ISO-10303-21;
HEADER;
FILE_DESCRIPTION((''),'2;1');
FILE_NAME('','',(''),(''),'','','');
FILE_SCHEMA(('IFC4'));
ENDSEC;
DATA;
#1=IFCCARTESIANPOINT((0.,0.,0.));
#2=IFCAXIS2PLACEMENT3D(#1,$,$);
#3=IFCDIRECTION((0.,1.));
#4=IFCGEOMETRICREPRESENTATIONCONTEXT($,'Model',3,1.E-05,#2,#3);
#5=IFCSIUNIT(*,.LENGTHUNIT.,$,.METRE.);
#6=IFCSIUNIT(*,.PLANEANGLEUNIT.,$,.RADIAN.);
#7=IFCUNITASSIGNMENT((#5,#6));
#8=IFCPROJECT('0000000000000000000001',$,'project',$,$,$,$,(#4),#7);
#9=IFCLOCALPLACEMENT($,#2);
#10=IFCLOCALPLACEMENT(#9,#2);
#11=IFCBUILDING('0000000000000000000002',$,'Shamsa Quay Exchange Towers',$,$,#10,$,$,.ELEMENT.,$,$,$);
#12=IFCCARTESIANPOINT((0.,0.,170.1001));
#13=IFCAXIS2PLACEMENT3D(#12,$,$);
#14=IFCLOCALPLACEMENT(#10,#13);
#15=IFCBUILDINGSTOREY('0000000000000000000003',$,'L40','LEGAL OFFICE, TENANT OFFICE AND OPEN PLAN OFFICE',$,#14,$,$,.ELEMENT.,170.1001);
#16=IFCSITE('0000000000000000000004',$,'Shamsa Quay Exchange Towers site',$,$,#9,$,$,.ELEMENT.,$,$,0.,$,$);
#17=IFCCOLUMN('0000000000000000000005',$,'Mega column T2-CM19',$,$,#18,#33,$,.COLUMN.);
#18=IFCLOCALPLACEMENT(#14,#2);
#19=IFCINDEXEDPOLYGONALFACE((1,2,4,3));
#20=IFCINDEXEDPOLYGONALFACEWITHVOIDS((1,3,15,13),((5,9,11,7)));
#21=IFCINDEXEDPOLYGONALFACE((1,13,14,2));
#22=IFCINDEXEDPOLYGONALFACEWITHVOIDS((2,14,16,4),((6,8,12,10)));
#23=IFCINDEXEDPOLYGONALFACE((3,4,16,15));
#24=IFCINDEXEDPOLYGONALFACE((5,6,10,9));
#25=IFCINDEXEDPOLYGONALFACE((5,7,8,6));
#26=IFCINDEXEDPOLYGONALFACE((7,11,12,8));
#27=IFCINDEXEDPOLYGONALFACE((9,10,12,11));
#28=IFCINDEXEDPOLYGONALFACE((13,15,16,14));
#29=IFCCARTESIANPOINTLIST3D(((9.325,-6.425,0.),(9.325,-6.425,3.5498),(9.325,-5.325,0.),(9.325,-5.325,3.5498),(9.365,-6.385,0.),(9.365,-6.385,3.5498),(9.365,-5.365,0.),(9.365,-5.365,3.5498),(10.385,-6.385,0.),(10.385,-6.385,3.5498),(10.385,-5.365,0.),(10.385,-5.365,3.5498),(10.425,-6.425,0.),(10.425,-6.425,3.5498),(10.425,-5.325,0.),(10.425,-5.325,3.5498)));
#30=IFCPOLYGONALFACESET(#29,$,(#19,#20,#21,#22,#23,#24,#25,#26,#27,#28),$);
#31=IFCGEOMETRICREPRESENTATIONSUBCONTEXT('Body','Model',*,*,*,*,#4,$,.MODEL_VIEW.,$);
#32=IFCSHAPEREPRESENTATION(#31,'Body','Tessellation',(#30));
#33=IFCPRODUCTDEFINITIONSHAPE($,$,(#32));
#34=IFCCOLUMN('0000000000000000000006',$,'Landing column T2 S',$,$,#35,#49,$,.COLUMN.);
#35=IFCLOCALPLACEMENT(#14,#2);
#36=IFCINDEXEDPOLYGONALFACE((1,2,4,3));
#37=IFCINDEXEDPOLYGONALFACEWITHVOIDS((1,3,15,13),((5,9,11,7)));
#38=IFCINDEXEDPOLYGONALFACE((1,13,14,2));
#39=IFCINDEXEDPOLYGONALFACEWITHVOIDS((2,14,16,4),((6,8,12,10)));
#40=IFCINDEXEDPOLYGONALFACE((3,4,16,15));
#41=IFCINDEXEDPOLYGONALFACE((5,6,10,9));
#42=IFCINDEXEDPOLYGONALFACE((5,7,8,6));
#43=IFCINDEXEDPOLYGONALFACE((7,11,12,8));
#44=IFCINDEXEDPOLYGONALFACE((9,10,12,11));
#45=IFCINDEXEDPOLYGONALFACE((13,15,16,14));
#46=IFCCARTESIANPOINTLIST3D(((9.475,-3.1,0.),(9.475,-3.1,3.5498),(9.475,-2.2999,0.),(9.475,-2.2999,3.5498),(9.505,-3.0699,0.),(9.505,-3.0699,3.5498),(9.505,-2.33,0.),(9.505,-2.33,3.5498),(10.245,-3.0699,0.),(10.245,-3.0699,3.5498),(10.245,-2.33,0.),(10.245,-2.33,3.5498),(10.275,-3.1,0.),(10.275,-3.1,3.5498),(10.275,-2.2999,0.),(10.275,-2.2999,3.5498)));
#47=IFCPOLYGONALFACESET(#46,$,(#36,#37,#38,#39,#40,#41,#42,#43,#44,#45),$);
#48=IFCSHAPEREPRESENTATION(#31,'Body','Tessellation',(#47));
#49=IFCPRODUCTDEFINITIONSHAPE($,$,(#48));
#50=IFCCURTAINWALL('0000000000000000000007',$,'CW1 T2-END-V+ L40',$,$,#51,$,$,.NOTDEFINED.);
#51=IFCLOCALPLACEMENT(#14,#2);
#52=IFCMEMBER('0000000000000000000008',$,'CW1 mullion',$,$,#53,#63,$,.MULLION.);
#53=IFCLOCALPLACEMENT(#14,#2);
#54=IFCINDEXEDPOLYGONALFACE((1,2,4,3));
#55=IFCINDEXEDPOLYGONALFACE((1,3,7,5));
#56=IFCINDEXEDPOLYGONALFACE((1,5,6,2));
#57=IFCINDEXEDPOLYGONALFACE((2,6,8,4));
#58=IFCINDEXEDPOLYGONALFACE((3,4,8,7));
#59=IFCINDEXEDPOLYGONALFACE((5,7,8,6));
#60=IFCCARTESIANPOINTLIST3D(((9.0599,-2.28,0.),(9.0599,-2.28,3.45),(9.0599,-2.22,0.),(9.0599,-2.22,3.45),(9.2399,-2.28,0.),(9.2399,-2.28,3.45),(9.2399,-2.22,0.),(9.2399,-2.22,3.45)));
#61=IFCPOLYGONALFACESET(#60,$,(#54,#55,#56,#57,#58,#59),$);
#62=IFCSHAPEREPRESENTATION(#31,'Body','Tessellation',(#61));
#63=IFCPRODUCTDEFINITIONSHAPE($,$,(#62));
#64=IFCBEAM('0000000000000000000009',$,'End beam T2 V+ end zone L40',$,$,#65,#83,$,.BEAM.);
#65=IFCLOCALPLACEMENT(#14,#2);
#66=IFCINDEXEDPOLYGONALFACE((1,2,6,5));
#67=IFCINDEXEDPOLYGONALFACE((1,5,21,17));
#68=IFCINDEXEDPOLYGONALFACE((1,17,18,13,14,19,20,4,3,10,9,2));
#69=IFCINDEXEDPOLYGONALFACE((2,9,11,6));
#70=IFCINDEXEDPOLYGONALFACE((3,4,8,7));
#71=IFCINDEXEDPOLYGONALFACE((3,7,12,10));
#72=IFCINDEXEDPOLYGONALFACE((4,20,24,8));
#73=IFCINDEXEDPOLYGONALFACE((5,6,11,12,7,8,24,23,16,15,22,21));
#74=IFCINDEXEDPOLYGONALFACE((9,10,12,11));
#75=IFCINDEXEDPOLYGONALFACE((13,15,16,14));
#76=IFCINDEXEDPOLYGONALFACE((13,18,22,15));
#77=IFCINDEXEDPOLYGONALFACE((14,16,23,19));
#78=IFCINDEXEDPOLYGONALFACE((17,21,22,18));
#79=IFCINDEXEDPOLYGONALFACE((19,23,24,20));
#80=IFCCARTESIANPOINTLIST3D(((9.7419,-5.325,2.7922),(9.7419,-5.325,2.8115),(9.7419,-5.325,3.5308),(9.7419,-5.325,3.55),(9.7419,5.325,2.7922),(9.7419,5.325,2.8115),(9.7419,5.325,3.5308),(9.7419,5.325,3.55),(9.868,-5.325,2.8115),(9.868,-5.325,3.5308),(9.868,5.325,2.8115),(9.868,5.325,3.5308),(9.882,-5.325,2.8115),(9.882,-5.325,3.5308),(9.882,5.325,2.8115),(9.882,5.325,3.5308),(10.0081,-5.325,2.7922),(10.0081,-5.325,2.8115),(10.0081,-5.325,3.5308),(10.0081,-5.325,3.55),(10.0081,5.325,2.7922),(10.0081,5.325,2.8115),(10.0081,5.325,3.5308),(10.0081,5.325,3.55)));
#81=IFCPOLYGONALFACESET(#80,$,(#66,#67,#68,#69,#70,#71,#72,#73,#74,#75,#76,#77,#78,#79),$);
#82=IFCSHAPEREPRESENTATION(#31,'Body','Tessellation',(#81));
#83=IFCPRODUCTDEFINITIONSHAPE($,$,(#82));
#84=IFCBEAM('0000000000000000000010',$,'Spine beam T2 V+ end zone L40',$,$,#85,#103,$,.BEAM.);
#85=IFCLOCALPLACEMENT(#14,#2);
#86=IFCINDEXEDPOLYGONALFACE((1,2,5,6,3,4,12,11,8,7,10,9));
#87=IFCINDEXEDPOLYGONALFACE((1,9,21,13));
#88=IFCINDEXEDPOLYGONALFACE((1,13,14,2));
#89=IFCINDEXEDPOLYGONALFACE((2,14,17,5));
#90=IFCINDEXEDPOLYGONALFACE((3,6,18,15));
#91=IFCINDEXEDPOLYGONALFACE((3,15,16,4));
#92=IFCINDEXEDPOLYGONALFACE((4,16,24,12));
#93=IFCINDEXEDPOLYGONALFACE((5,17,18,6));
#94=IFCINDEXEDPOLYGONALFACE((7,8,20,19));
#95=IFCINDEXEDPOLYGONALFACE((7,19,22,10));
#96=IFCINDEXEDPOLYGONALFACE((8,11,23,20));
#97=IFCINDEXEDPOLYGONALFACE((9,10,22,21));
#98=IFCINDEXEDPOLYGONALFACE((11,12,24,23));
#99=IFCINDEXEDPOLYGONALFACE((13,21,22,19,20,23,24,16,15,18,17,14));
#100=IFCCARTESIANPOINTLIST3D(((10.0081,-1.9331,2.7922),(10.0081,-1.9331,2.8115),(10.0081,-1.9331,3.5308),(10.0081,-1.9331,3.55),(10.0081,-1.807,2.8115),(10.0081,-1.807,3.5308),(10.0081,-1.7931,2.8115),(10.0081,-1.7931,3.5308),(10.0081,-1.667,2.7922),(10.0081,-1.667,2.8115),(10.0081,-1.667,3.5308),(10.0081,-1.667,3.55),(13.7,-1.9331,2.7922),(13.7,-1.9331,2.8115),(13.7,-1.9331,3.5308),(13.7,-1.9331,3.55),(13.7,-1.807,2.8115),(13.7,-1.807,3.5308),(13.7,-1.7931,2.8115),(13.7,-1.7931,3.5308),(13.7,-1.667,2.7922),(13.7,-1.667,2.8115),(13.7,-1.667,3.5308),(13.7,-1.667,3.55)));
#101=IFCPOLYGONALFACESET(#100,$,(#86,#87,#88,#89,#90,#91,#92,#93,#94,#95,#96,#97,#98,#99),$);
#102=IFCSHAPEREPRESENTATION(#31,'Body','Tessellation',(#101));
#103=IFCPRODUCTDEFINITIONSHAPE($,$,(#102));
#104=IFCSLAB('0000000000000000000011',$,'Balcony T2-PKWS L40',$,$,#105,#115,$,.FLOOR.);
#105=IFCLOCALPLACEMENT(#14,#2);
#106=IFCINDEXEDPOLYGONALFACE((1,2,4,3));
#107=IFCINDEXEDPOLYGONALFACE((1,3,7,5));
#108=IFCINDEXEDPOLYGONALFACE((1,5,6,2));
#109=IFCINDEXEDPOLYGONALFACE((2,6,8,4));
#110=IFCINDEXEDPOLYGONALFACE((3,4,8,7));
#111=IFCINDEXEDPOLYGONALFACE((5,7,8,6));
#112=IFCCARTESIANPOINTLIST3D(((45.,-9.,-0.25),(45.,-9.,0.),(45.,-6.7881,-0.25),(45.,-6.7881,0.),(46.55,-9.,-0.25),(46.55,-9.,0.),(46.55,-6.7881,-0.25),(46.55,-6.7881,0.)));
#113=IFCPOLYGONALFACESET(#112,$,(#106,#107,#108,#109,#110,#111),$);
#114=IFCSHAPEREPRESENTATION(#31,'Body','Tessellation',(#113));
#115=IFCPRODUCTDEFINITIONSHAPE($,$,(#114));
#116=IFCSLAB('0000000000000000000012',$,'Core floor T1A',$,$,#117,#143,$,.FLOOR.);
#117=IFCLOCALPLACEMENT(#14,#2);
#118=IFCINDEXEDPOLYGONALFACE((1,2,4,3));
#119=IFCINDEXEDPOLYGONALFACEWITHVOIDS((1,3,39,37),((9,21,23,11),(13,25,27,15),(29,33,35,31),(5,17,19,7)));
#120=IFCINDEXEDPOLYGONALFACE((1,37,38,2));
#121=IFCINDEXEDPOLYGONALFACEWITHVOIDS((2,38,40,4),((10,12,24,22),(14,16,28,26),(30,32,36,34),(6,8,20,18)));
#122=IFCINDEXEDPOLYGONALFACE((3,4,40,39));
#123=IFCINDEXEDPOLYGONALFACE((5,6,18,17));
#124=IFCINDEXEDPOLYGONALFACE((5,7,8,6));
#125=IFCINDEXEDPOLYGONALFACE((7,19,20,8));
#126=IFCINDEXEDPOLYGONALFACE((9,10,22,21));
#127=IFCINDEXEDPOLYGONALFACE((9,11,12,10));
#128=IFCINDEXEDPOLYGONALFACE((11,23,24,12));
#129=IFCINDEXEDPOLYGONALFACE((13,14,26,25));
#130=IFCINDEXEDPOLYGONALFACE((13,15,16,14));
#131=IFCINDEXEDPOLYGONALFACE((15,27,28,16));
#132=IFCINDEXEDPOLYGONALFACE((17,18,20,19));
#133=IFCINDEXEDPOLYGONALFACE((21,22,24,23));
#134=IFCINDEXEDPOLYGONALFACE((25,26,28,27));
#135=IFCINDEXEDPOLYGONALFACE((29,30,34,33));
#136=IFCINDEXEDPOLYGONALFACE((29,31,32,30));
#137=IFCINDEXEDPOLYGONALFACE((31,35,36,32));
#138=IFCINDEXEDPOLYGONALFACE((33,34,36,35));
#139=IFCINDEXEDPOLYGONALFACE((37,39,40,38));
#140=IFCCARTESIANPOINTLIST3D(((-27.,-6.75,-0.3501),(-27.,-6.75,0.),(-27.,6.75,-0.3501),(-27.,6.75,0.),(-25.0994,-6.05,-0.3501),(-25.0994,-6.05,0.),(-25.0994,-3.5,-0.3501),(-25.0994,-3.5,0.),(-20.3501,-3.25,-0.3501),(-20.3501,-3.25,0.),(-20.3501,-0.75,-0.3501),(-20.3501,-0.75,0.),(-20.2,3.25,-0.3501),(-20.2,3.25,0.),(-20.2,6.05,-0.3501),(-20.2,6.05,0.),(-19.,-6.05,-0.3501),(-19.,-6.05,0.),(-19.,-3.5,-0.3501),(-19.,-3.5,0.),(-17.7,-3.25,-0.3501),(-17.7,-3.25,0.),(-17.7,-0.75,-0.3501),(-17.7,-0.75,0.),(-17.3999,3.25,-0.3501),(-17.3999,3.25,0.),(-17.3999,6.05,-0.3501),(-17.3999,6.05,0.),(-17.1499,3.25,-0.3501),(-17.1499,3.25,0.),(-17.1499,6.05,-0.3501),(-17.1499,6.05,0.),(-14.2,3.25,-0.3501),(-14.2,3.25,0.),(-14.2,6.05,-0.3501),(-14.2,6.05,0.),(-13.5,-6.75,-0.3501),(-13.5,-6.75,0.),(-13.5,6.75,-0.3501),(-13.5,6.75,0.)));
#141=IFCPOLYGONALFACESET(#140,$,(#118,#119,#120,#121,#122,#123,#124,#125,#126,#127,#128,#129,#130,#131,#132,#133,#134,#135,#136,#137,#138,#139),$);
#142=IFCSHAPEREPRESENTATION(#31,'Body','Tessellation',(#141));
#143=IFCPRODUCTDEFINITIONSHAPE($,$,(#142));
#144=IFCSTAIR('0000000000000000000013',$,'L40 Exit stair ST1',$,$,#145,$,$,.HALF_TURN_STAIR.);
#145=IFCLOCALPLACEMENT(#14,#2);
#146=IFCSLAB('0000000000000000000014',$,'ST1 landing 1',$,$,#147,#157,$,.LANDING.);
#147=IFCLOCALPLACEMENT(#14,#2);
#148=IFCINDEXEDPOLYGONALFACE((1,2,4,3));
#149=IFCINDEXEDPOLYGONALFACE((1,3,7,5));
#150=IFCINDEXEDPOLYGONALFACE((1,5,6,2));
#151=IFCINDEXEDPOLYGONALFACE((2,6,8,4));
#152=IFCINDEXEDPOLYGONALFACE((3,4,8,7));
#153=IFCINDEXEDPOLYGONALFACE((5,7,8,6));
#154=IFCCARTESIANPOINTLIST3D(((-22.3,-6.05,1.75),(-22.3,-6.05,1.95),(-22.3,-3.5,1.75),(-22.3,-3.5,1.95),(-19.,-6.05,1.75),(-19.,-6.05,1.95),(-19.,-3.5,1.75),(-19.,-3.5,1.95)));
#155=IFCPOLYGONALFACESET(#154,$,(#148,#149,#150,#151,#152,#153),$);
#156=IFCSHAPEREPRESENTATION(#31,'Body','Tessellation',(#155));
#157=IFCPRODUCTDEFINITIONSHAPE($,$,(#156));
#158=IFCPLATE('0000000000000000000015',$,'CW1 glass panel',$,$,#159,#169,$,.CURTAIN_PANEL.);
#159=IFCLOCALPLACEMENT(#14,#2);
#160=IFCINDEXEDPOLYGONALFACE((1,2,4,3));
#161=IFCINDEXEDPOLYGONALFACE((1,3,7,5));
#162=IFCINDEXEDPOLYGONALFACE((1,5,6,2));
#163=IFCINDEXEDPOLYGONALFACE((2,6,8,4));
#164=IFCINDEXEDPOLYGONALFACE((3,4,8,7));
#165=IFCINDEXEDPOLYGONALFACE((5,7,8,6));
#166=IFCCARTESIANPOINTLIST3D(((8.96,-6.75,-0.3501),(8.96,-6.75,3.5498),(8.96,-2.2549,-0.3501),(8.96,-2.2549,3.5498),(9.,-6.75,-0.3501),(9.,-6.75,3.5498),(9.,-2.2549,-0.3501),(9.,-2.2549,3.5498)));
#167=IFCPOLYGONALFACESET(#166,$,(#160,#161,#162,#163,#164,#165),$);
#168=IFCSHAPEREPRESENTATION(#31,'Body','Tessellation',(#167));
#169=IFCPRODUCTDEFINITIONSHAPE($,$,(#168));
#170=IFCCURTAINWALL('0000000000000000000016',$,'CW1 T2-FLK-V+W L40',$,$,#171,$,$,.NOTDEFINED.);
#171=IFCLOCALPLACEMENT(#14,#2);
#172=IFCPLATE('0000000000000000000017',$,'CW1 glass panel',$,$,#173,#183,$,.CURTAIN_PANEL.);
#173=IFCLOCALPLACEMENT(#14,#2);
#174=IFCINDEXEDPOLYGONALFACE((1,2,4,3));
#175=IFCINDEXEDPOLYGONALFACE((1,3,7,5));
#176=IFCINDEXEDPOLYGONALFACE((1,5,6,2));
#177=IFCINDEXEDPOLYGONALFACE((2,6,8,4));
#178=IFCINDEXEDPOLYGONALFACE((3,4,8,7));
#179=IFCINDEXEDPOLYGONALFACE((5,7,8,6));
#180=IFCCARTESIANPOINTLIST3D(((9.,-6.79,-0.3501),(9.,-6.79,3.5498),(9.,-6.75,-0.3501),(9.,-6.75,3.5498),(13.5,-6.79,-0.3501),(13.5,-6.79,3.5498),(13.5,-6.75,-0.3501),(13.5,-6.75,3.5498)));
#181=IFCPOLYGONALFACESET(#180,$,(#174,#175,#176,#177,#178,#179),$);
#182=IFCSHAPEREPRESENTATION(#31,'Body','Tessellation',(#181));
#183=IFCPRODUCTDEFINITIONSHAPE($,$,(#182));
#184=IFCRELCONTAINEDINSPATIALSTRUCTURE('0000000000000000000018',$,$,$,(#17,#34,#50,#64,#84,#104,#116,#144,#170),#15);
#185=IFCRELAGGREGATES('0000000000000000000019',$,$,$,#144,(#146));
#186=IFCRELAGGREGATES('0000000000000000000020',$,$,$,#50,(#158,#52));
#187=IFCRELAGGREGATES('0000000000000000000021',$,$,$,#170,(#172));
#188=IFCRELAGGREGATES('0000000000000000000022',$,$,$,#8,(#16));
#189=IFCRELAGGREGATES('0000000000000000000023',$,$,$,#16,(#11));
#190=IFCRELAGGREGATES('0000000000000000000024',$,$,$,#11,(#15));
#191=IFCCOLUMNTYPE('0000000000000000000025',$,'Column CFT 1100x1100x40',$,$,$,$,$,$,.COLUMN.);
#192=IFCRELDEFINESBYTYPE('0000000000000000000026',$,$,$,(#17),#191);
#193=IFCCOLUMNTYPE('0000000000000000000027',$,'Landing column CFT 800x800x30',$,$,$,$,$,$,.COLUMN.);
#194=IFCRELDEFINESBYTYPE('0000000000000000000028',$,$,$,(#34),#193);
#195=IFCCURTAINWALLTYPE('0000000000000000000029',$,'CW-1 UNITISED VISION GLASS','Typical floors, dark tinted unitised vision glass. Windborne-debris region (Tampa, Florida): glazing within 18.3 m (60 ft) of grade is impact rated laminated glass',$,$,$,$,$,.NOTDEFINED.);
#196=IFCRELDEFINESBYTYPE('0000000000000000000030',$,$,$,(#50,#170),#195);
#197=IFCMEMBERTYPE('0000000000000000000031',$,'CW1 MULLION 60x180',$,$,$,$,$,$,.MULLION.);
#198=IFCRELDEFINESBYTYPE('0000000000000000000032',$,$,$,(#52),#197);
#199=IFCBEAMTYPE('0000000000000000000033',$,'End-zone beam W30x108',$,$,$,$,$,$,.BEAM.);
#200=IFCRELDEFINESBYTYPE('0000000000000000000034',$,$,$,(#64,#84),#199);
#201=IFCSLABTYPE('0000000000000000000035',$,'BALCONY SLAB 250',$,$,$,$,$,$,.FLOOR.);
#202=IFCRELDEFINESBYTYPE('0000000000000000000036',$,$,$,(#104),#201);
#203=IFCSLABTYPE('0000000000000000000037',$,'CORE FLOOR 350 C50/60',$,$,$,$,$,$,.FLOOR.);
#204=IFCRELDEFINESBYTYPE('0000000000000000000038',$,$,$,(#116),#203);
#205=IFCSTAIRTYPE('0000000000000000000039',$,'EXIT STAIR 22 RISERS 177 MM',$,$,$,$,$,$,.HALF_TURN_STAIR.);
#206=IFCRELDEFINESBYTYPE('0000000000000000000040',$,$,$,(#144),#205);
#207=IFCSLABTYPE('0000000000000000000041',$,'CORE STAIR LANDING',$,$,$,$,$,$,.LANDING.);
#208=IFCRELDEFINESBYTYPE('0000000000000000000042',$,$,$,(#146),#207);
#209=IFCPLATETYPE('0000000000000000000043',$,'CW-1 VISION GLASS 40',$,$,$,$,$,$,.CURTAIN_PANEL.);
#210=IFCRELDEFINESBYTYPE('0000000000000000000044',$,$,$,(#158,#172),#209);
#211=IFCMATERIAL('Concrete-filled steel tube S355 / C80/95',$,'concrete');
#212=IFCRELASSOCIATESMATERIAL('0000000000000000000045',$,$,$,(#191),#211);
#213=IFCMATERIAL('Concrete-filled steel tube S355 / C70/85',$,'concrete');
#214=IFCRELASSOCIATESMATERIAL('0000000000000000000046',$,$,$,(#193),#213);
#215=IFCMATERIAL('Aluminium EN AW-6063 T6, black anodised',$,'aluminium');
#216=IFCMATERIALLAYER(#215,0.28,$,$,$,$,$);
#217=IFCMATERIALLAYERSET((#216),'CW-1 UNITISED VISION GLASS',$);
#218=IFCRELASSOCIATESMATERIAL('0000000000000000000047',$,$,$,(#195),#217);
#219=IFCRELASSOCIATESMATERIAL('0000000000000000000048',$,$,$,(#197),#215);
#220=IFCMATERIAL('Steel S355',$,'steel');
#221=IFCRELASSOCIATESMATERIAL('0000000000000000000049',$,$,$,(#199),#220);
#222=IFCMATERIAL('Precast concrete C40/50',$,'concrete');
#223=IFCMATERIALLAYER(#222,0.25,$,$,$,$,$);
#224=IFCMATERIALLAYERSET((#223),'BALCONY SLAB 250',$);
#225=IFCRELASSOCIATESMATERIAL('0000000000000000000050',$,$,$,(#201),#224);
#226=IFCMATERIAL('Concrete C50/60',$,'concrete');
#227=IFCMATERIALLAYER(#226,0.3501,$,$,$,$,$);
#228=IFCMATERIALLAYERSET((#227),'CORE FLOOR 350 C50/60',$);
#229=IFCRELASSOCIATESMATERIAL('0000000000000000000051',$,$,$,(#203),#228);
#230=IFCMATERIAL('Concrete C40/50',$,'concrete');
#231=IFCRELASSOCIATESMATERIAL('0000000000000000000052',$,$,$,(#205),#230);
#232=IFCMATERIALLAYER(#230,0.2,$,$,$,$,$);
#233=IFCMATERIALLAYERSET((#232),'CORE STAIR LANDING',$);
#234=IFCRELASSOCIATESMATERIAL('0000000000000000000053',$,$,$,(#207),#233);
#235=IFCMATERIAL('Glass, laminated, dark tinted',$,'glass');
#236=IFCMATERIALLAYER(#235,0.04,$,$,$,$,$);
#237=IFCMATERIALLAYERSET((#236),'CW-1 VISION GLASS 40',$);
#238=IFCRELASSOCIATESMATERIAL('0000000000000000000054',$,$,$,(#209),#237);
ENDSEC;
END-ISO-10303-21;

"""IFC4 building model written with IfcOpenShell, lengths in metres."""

from ifc_helpers import new_model, si_unit, direction, frame, origin, origin_2d, place, context, subcontext, project, spatial, polyline, rectangle, hollow_rectangle, i_section, outline, extrude, material, layer, layer_set, material_profile, profile_set, type_object, element, aggregate, save


model = new_model("IFC4")

# Units and contexts
model_context = context("Model", 3, precision=1e-05, world=origin(), true_north=direction((0.0, 1.0)))
body_context = subcontext(model_context, "Body", "Model", "MODEL_VIEW")
ifc_project = project(units=[si_unit("LENGTHUNIT", "METRE"), si_unit("PLANEANGLEUNIT", "RADIAN")], contexts=[model_context])

# Site, building, storey
site_placement = place(None, origin())
site = spatial("IfcSite", under=ifc_project, at=site_placement, Name="Shamsa Quay Exchange Towers site", CompositionType="ELEMENT", RefElevation=0.0)
building_placement = place(site_placement, origin())
building = spatial("IfcBuilding", under=site, at=building_placement, Name="Shamsa Quay Exchange Towers", CompositionType="ELEMENT")
storey_placement = place(building_placement, frame((0.0, 0.0, 170.1001)))
storey = spatial("IfcBuildingStorey", under=building, at=storey_placement, Name="L40", Description="LEGAL OFFICE, TENANT OFFICE AND OPEN PLAN OFFICE", CompositionType="ELEMENT", Elevation=170.1001)

# Columns
ifc_material_1 = material(Name="Concrete-filled steel tube S355 / C80/95", Category="concrete")
ifc_material_profile_1 = material_profile(ifc_material_1, hollow_rectangle(XDim=1.1001, YDim=1.1001, WallThickness=0.04, at=origin_2d()), Name="CFT 1100x1100x40")
ifc_profile_set_1 = profile_set([ifc_material_profile_1], Name="Concrete-filled steel tube S355 / C80/95")
column_type_1 = type_object("IfcColumnType", Name="Column CFT 1100x1100x40", PredefinedType="COLUMN", material=ifc_profile_set_1)
column_1_placement = place(storey_placement, frame((9.875, -5.875, 0.0)))
element("IfcColumn", 1, at=column_1_placement, inside=storey, type_object=column_type_1, Name="Mega column T2-CM19", PredefinedType="COLUMN", context=body_context, shape_type="SweptSolid", body=[
    extrude(hollow_rectangle(XDim=1.1001, YDim=1.1001, WallThickness=0.04, at=origin_2d()), origin(), (0.0, 0.0, 1.0), 3.5498),
])
ifc_material_2 = material(Name="Concrete-filled steel tube S355 / C70/85", Category="concrete")
ifc_material_profile_2 = material_profile(ifc_material_2, hollow_rectangle(XDim=0.8, YDim=0.8, WallThickness=0.03, at=origin_2d()), Name="CFT 800x800x30")
ifc_profile_set_2 = profile_set([ifc_material_profile_2], Name="Concrete-filled steel tube S355 / C70/85")
column_type_2 = type_object("IfcColumnType", Name="Landing column CFT 800x800x30", PredefinedType="COLUMN", material=ifc_profile_set_2)
column_2_placement = place(storey_placement, frame((9.875, -2.7, 0.0)))
element("IfcColumn", 2, at=column_2_placement, inside=storey, type_object=column_type_2, Name="Landing column T2 S", PredefinedType="COLUMN", context=body_context, shape_type="SweptSolid", body=[
    extrude(hollow_rectangle(XDim=0.8, YDim=0.8, WallThickness=0.03, at=origin_2d()), origin(), (0.0, 0.0, 1.0), 3.5498),
])

# Curtain wall, member
ifc_material_3 = material(Name="Aluminium EN AW-6063 T6, black anodised", Category="aluminium")
ifc_layer_1 = layer(ifc_material_3, 0.28)
ifc_layer_set_1 = layer_set([ifc_layer_1], Name="CW-1 UNITISED VISION GLASS")
curtain_wall_type_1 = type_object("IfcCurtainWallType", Name="CW-1 UNITISED VISION GLASS", Description="Typical floors, dark tinted unitised vision glass. Windborne-debris region (Tampa, Florida): glazing within 18.3 m (60 ft) of grade is impact rated laminated glass", PredefinedType="NOTDEFINED", material=ifc_layer_set_1)
curtain_wall_1_placement = place(storey_placement, origin())
curtain_wall_1 = element("IfcCurtainWall", 3, at=curtain_wall_1_placement, inside=storey, type_object=curtain_wall_type_1, Name="CW1 T2-END-V+ L40", PredefinedType="NOTDEFINED")
ifc_material_profile_3 = material_profile(ifc_material_3, rectangle(XDim=0.1799, YDim=0.0601, at=origin_2d()), Name="MU60x180")
ifc_profile_set_3 = profile_set([ifc_material_profile_3], Name="Aluminium EN AW-6063 T6, black anodised")
member_type = type_object("IfcMemberType", Name="CW1 MULLION 60x180", PredefinedType="MULLION", material=ifc_profile_set_3)
member_placement = place(storey_placement, frame((9.1499, -2.25, 0.0)))
member = element("IfcMember", 4, at=member_placement, type_object=member_type, Name="CW1 mullion", PredefinedType="MULLION", context=body_context, shape_type="SweptSolid", body=[
    extrude(rectangle(XDim=0.1799, YDim=0.0601, at=origin_2d()), origin(), (0.0, 0.0, 1.0), 3.45),
])

# Beams
ifc_material_4 = material(Name="Steel S355", Category="steel")
ifc_material_profile_4 = material_profile(ifc_material_4, i_section(OverallWidth=0.2661, OverallDepth=0.7578, WebThickness=0.0139, FlangeThickness=0.0193, at=origin_2d()), Name="W30x108")
ifc_profile_set_4 = profile_set([ifc_material_profile_4], Name="Steel S355")
beam_type = type_object("IfcBeamType", Name="End-zone beam W30x108", PredefinedType="BEAM", material=ifc_profile_set_4)
beam_1_placement = place(storey_placement, frame((9.875, -5.325, 3.1711), z_axis=(0.0, 1.0, 0.0), x_axis=(-1.0, 0.0, 0.0)))
element("IfcBeam", 5, at=beam_1_placement, inside=storey, type_object=beam_type, Name="End beam T2 V+ end zone L40", PredefinedType="BEAM", context=body_context, shape_type="SweptSolid", body=[
    extrude(i_section(OverallWidth=0.2661, OverallDepth=0.7578, WebThickness=0.0139, FlangeThickness=0.0193, at=origin_2d()), origin(), (0.0, 0.0, 1.0), 10.6499),
])
beam_2_placement = place(storey_placement, frame((13.7, -1.8, 3.1711), z_axis=(-1.0, 0.0, 0.0), x_axis=(0.0, -1.0, 0.0)))
element("IfcBeam", 6, at=beam_2_placement, inside=storey, type_object=beam_type, Name="Spine beam T2 V+ end zone L40", PredefinedType="BEAM", context=body_context, shape_type="SweptSolid", body=[
    extrude(i_section(OverallWidth=0.2661, OverallDepth=0.7578, WebThickness=0.0139, FlangeThickness=0.0193, at=origin_2d()), origin(), (0.0, 0.0, 1.0), 3.6919),
])

# Slabs
ifc_material_5 = material(Name="Precast concrete C40/50", Category="concrete")
ifc_layer_2 = layer(ifc_material_5, 0.25)
ifc_layer_set_2 = layer_set([ifc_layer_2], Name="BALCONY SLAB 250")
slab_type_1 = type_object("IfcSlabType", Name="BALCONY SLAB 250", PredefinedType="FLOOR", material=ifc_layer_set_2)
slab_1_placement = place(storey_placement, frame((0.0, 0.0, -0.25)))
element("IfcSlab", 7, at=slab_1_placement, inside=storey, type_object=slab_type_1, Name="Balcony T2-PKWS L40", PredefinedType="FLOOR", context=body_context, shape_type="SweptSolid", body=[
    extrude(outline(polyline([(45.0, -9.0), (45.0, -6.7881), (46.55, -6.7881), (46.55, -9.0), (45.0, -9.0)])), origin(), (0.0, 0.0, 1.0), 0.25),
])
ifc_material_6 = material(Name="Concrete C50/60", Category="concrete")
ifc_layer_3 = layer(ifc_material_6, 0.3501)
ifc_layer_set_3 = layer_set([ifc_layer_3], Name="CORE FLOOR 350 C50/60")
slab_type_2 = type_object("IfcSlabType", Name="CORE FLOOR 350 C50/60", PredefinedType="FLOOR", material=ifc_layer_set_3)
slab_2_placement = place(storey_placement, frame((0.0, 0.0, -0.3501)))
element("IfcSlab", 8, at=slab_2_placement, inside=storey, type_object=slab_type_2, Name="Core floor T1A", PredefinedType="FLOOR", context=body_context, shape_type="SweptSolid", body=[
    extrude(outline(polyline([(-27.0, -6.75), (-13.5, -6.75), (-13.5, 6.75), (-27.0, 6.75), (-27.0, -6.75)]), holes=[polyline([(-25.0994, -6.05), (-25.0994, -3.5), (-19.0, -3.5), (-19.0, -6.05), (-25.0994, -6.05)]), polyline([(-20.2, 3.25), (-20.2, 6.05), (-17.3999, 6.05), (-17.3999, 3.25), (-20.2, 3.25)]), polyline([(-17.1499, 3.25), (-17.1499, 6.05), (-14.2, 6.05), (-14.2, 3.25), (-17.1499, 3.25)]), polyline([(-20.3501, -3.25), (-20.3501, -0.75), (-17.7, -0.75), (-17.7, -3.25), (-20.3501, -3.25)])]), origin(), (0.0, 0.0, 1.0), 0.3501),
])

# Stair, slab
ifc_material_7 = material(Name="Concrete C40/50", Category="concrete")
stair_type = type_object("IfcStairType", Name="EXIT STAIR 22 RISERS 177 MM", PredefinedType="HALF_TURN_STAIR", material=ifc_material_7)
stair_1_placement = place(storey_placement, origin())
stair_1 = element("IfcStair", 9, at=stair_1_placement, inside=storey, type_object=stair_type, Name="L40 Exit stair ST1", PredefinedType="HALF_TURN_STAIR")
ifc_layer_4 = layer(ifc_material_7, 0.2)
ifc_layer_set_4 = layer_set([ifc_layer_4], Name="CORE STAIR LANDING")
slab_type_3 = type_object("IfcSlabType", Name="CORE STAIR LANDING", PredefinedType="LANDING", material=ifc_layer_set_4)
slab_3_placement = place(storey_placement, frame((0.0, 0.0, 1.75)))
slab_3 = element("IfcSlab", 10, at=slab_3_placement, type_object=slab_type_3, Name="ST1 landing 1", PredefinedType="LANDING", context=body_context, shape_type="SweptSolid", body=[
    extrude(outline(polyline([(-22.3, -6.05), (-19.0, -6.05), (-19.0, -3.5), (-22.3, -3.5), (-22.3, -6.05)])), origin(), (0.0, 0.0, 1.0), 0.2),
])
aggregate(stair_1, [slab_3])

# Plate
ifc_material_8 = material(Name="Glass, laminated, dark tinted", Category="glass")
ifc_layer_5 = layer(ifc_material_8, 0.04)
ifc_layer_set_5 = layer_set([ifc_layer_5], Name="CW-1 VISION GLASS 40")
plate_type_1 = type_object("IfcPlateType", Name="CW-1 VISION GLASS 40", PredefinedType="CURTAIN_PANEL", material=ifc_layer_set_5)
plate_1_placement = place(storey_placement, frame((8.98, -4.5024, -0.3501), z_axis=(0.0, 0.0, 1.0), x_axis=(0.0, -1.0, 0.0)))
plate_1 = element("IfcPlate", 11, at=plate_1_placement, type_object=plate_type_1, Name="CW1 glass panel", PredefinedType="CURTAIN_PANEL", context=body_context, shape_type="SweptSolid", body=[
    extrude(rectangle(XDim=4.4951, YDim=0.04, at=origin_2d()), origin(), (0.0, 0.0, 1.0), 3.8999),
])
aggregate(curtain_wall_1, [plate_1, member])

# Curtain wall, plate
curtain_wall_2_placement = place(storey_placement, origin())
curtain_wall_2 = element("IfcCurtainWall", 12, at=curtain_wall_2_placement, inside=storey, type_object=curtain_wall_type_1, Name="CW1 T2-FLK-V+W L40", PredefinedType="NOTDEFINED")
plate_2_placement = place(storey_placement, frame((11.25, -6.77, -0.3501)))
plate_2 = element("IfcPlate", 13, at=plate_2_placement, type_object=plate_type_1, Name="CW1 glass panel", PredefinedType="CURTAIN_PANEL", context=body_context, shape_type="SweptSolid", body=[
    extrude(rectangle(XDim=4.5, YDim=0.04, at=origin_2d()), origin(), (0.0, 0.0, 1.0), 3.8999),
])
aggregate(curtain_wall_2, [plate_2])

save(model, "model.ifc")
